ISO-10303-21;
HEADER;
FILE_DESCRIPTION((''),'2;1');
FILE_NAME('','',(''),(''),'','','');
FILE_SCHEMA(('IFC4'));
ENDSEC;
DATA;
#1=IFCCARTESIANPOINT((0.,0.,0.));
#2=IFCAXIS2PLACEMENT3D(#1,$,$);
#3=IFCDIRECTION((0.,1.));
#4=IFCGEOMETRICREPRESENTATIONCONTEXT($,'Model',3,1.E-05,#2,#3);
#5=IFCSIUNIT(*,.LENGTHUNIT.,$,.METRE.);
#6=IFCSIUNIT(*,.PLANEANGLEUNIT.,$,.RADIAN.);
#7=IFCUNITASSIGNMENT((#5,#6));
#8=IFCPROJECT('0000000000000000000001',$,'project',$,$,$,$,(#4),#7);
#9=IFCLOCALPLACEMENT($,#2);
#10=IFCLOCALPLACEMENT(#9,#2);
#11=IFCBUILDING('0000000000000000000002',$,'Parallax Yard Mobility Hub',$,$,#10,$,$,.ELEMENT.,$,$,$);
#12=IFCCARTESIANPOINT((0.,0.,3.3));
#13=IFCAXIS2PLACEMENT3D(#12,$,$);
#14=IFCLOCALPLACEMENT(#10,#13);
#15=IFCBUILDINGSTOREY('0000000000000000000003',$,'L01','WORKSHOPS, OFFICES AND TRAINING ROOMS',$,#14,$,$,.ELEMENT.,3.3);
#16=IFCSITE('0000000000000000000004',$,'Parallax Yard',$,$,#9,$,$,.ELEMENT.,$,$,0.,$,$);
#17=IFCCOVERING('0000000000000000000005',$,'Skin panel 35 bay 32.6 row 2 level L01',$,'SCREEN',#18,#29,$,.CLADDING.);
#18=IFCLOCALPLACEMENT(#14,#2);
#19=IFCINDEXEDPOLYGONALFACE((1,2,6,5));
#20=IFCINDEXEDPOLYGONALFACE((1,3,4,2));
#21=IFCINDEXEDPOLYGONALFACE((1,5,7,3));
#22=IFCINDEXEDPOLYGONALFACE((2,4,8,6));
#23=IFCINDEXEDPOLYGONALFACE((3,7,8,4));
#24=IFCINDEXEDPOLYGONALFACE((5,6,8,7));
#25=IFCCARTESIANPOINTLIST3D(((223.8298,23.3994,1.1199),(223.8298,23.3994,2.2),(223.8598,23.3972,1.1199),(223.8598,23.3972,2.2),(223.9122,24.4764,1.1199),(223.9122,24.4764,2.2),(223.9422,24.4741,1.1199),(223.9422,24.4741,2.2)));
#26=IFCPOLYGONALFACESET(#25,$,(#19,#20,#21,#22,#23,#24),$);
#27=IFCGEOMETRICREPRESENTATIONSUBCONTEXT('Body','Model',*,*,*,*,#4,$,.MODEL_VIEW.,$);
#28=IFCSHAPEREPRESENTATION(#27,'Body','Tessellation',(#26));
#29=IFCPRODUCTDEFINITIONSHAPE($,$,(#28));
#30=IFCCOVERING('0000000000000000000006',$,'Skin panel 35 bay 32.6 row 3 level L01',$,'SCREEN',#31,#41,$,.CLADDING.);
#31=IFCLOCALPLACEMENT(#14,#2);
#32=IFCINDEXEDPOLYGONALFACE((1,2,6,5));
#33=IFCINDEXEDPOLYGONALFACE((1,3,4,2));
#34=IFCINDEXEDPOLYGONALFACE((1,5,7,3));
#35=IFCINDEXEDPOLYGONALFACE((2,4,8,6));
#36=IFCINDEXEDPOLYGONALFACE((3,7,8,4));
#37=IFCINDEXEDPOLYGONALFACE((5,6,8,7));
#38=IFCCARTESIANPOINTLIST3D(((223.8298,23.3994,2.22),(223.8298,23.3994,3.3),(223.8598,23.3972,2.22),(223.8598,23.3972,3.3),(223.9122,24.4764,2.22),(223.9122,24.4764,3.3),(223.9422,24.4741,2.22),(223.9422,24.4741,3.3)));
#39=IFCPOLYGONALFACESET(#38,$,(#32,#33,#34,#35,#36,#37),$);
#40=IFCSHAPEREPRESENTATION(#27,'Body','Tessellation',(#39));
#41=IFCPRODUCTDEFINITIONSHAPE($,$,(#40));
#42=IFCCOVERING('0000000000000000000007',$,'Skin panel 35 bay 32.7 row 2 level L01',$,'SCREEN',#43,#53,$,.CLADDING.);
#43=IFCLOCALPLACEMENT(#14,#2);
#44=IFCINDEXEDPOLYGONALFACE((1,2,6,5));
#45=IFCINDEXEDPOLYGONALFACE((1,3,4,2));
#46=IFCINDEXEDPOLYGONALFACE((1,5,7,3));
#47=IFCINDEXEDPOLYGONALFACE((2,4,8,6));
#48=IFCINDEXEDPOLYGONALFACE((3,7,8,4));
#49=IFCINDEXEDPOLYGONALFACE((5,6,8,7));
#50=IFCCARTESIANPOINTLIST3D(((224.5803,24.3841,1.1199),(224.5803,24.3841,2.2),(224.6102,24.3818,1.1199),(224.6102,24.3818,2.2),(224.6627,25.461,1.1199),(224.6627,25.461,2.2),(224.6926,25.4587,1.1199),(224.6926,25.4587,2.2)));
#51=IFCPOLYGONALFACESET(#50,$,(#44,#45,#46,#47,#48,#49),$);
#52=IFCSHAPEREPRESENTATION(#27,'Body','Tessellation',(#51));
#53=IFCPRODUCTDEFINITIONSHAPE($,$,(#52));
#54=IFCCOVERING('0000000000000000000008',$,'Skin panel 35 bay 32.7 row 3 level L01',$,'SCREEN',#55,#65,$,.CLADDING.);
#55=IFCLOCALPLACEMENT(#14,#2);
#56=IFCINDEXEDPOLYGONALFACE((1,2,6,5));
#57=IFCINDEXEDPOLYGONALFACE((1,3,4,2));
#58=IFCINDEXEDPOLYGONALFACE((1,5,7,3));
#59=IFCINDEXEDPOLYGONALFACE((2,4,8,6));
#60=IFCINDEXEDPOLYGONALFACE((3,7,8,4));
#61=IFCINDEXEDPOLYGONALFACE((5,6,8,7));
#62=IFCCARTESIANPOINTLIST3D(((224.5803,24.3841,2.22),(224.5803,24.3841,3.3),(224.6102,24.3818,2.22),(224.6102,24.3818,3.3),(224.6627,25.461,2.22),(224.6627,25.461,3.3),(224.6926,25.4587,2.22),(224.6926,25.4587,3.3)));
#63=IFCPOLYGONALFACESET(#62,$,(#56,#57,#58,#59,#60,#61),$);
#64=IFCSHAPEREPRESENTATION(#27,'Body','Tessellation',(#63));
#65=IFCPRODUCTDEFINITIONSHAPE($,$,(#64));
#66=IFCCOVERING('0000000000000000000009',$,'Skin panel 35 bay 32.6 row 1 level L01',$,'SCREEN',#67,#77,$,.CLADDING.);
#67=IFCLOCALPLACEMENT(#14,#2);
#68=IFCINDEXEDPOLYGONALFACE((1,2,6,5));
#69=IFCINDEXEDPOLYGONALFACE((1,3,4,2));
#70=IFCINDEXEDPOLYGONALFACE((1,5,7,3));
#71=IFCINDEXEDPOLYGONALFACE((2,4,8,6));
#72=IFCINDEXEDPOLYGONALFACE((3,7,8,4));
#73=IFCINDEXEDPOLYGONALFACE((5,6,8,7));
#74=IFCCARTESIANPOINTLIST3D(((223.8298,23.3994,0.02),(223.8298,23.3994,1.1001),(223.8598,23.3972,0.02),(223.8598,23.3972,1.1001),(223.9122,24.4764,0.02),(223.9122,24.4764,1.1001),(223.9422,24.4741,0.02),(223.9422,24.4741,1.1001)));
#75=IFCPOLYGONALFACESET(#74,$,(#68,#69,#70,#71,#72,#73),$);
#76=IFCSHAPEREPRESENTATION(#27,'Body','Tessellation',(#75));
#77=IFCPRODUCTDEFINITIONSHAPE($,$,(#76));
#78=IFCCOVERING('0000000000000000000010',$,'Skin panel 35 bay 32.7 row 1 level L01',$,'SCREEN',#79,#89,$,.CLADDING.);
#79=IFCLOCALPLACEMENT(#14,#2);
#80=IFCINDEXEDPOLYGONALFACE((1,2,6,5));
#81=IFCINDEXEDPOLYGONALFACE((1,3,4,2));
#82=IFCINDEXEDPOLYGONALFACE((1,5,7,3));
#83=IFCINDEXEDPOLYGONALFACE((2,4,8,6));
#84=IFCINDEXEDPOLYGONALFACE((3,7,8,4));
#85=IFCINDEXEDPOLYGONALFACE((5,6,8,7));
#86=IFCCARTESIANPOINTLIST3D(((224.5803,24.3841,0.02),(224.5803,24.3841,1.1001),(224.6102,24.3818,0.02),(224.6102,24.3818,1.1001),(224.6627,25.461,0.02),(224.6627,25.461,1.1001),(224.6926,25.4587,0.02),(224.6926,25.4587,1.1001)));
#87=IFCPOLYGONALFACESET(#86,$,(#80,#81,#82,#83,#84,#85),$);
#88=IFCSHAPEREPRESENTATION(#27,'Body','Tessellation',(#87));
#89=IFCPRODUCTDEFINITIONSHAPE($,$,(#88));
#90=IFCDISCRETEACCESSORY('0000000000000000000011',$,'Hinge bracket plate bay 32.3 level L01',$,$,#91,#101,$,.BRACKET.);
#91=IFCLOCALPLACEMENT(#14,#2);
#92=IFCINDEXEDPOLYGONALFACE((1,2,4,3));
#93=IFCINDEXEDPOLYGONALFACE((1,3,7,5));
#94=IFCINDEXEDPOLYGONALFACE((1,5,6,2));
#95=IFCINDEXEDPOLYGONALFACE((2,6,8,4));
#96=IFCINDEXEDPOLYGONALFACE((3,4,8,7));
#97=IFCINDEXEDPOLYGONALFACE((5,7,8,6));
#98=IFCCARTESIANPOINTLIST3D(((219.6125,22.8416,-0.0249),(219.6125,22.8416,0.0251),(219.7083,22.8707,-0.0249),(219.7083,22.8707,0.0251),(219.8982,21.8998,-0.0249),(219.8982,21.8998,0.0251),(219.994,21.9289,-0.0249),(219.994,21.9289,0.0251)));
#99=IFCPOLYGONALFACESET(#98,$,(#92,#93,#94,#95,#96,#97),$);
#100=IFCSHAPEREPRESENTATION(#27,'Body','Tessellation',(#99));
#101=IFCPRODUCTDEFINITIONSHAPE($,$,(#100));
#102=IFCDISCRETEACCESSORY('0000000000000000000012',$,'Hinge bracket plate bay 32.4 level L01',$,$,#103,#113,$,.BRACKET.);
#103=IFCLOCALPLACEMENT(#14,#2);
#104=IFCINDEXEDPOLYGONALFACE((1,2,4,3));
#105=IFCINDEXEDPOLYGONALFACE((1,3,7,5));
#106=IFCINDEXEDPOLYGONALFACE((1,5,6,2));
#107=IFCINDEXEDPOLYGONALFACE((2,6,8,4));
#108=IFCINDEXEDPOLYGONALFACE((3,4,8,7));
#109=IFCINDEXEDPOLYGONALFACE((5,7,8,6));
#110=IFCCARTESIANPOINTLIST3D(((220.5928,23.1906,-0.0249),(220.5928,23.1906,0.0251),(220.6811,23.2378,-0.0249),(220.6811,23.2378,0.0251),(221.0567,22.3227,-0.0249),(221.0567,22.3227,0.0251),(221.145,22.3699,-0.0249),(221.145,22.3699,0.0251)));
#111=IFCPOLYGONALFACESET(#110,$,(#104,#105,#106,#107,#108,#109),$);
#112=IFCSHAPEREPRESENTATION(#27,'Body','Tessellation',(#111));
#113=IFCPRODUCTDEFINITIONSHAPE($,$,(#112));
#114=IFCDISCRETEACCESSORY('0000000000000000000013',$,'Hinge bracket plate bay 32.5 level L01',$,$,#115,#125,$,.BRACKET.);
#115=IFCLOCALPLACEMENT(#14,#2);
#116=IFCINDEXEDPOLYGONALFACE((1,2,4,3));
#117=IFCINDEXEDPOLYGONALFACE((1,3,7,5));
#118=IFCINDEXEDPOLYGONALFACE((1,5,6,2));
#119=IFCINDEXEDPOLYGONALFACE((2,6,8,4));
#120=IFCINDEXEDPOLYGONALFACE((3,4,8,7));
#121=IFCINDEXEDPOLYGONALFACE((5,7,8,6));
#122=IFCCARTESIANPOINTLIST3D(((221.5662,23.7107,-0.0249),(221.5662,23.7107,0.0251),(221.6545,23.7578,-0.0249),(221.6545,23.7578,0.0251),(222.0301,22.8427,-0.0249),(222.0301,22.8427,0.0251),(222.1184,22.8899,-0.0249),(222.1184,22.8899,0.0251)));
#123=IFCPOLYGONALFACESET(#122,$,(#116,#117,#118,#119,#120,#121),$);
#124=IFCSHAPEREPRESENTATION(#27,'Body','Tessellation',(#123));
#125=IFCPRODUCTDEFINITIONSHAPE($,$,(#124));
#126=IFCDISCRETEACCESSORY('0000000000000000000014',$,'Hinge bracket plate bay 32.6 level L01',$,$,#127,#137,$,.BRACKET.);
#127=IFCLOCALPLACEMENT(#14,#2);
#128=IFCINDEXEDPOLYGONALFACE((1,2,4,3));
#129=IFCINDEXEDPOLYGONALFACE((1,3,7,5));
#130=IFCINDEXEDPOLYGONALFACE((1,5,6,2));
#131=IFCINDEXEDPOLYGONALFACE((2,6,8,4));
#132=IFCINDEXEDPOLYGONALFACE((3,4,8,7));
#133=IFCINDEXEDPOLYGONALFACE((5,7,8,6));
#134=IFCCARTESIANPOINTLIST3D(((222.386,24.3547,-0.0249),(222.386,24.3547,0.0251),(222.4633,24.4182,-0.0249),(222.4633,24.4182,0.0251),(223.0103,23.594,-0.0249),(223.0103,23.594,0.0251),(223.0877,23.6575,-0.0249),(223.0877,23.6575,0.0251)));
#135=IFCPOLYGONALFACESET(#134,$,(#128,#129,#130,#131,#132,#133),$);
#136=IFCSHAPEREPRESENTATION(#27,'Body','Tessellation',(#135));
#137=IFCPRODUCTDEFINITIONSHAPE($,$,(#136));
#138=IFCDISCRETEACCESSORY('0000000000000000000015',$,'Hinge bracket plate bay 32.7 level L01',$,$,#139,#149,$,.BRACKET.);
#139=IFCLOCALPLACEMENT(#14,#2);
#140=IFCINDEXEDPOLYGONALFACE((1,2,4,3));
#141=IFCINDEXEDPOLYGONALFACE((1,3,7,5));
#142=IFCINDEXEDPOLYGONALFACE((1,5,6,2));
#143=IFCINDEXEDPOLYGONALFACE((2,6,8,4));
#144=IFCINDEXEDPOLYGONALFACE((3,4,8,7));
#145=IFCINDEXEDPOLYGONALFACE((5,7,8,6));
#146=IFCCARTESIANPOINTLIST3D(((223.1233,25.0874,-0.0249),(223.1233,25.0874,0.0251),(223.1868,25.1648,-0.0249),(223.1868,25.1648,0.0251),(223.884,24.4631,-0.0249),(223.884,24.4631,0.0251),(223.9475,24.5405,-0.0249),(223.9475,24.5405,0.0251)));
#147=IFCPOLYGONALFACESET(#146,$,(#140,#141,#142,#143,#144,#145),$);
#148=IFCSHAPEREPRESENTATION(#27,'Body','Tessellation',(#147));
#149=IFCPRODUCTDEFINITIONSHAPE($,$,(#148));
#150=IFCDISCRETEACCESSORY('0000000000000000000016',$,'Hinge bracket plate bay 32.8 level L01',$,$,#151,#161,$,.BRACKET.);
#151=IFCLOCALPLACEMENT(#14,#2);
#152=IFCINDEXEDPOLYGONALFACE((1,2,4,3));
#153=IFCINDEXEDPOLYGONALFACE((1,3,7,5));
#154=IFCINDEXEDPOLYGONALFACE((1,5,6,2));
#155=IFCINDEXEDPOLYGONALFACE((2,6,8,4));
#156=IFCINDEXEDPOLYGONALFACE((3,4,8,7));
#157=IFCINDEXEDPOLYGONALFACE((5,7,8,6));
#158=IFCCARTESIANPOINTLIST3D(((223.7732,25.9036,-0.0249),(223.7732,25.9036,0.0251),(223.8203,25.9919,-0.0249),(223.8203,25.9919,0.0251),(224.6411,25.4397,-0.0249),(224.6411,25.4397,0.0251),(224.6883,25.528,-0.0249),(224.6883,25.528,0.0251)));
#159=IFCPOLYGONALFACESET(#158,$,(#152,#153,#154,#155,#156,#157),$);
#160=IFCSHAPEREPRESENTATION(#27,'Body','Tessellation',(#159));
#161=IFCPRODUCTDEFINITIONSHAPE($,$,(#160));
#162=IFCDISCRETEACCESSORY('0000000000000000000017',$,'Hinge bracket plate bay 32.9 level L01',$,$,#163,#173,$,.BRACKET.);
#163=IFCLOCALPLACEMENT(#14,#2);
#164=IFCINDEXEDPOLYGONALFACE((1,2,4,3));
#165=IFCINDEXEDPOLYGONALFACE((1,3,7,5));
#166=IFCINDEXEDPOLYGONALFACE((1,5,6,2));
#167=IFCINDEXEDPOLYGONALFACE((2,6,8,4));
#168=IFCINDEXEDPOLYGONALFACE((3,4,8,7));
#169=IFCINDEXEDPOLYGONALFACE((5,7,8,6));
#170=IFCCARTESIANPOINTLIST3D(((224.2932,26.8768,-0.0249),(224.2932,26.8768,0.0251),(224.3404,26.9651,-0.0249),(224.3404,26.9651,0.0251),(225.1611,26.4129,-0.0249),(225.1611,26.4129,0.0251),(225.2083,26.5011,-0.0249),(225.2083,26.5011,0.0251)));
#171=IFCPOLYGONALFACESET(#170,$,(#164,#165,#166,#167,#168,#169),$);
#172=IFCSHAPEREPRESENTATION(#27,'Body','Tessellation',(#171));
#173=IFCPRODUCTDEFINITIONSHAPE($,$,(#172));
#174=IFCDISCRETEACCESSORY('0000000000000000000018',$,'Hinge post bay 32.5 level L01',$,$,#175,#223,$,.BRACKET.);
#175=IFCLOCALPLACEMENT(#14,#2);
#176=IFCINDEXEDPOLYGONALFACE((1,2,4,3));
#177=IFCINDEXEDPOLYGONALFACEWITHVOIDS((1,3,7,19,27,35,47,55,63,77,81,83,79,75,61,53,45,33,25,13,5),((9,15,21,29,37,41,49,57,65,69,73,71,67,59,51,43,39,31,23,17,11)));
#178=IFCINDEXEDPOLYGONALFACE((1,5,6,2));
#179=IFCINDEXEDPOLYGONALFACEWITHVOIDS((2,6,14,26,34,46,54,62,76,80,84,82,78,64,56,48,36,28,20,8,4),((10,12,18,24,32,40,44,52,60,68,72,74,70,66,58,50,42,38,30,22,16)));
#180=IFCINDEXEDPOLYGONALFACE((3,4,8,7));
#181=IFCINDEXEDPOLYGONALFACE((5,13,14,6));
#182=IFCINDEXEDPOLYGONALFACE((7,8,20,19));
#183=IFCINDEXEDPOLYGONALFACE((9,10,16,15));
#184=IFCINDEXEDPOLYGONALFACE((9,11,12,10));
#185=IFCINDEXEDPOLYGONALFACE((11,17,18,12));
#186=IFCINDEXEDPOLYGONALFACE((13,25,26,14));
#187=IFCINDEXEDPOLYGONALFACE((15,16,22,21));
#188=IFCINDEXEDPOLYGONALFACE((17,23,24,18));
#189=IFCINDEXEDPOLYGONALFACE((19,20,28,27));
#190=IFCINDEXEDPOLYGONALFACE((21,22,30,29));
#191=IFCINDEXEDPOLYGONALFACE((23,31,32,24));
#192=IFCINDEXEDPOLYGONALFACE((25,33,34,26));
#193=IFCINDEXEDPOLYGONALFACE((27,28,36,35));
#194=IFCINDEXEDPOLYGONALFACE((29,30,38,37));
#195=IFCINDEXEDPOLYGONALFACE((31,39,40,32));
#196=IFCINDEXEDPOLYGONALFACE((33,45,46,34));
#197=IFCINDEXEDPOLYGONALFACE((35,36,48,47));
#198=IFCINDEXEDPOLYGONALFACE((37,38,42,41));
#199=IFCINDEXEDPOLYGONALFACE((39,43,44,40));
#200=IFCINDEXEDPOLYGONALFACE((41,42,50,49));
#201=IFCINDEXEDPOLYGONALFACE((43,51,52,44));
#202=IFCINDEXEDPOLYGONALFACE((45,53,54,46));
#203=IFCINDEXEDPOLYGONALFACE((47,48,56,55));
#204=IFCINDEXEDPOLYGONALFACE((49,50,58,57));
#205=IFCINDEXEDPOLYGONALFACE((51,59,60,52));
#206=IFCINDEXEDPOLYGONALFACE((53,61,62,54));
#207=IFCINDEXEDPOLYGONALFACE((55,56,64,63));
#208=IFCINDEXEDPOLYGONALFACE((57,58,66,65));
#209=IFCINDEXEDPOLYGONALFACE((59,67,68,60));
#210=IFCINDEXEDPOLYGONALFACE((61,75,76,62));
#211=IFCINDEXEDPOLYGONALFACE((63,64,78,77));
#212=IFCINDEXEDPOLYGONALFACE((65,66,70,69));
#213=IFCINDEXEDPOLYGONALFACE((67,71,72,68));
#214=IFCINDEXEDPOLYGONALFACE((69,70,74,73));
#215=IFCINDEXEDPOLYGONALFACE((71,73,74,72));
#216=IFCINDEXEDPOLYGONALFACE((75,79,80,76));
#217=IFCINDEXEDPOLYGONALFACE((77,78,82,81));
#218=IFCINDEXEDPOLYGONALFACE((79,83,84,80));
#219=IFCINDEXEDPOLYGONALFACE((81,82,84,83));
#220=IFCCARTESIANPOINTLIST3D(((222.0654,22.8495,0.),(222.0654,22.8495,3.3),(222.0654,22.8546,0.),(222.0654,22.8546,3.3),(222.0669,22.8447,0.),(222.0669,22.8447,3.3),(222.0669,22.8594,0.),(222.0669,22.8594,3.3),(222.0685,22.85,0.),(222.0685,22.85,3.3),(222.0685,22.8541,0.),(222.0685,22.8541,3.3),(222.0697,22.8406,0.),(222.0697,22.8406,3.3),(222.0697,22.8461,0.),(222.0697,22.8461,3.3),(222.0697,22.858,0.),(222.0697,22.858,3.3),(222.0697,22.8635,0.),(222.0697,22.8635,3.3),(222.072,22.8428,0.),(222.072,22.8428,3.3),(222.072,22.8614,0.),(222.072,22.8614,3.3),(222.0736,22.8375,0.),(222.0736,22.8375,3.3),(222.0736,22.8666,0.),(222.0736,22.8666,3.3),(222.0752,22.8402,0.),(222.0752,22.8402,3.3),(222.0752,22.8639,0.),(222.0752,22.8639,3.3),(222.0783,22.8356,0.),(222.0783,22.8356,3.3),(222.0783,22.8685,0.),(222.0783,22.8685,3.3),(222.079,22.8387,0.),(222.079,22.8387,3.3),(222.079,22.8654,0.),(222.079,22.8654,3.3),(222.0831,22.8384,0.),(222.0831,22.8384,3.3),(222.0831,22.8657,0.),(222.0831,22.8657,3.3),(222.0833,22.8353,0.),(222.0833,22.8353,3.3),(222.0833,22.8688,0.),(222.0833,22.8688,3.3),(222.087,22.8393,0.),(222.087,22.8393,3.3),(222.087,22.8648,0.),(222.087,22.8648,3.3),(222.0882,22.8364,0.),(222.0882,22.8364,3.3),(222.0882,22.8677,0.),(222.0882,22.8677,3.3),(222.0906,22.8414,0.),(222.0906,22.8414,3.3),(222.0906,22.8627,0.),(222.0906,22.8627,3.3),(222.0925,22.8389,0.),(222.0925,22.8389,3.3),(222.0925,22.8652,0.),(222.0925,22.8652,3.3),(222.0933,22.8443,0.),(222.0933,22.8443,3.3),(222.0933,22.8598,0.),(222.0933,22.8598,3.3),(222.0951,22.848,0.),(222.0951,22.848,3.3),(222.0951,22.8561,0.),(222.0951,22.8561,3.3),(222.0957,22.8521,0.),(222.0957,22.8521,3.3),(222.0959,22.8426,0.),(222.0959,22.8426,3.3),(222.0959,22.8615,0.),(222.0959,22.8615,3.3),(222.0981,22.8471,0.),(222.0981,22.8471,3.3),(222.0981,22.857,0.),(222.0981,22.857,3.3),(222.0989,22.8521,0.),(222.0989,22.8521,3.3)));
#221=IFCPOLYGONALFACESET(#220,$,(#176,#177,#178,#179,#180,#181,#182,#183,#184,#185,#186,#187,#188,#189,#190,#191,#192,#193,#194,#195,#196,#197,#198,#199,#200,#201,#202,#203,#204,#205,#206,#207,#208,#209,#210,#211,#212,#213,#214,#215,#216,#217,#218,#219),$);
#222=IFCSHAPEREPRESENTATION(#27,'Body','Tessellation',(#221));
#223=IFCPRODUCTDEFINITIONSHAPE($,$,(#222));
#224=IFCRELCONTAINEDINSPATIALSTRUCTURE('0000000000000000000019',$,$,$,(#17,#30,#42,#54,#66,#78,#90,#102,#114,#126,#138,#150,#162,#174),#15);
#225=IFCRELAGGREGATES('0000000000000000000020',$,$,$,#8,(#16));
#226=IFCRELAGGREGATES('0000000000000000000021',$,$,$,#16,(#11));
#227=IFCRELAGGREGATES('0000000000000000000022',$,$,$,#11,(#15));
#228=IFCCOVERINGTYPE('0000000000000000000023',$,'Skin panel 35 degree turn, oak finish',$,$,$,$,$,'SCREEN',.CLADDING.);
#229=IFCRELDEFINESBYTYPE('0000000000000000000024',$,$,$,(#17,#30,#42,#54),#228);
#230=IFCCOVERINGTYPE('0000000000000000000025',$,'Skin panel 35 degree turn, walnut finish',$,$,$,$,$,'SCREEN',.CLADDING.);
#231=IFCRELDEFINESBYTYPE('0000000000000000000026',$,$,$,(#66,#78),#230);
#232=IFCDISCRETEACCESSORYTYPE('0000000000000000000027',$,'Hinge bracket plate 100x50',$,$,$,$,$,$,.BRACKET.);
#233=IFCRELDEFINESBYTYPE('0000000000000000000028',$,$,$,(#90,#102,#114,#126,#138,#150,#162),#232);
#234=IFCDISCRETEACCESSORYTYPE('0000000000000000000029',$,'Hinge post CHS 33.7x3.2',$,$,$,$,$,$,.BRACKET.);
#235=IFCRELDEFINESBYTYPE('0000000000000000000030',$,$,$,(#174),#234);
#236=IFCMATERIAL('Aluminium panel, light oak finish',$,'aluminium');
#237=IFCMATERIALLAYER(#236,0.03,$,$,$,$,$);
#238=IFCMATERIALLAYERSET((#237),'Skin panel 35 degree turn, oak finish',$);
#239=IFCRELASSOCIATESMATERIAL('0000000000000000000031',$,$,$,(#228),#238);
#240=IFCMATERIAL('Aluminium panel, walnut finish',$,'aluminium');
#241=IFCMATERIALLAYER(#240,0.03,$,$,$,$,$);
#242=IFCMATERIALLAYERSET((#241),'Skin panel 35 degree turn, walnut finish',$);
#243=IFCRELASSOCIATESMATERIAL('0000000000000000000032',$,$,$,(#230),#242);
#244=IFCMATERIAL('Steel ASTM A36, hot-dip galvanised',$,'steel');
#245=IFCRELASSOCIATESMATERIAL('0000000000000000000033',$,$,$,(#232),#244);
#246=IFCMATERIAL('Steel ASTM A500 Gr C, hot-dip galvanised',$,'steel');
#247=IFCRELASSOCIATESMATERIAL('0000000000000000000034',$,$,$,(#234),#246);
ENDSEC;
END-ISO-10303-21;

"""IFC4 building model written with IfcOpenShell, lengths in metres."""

from ifc_helpers import new_model, si_unit, direction, frame, origin, origin_2d, place, context, subcontext, project, spatial, rectangle, hollow_circle, extrude, material, layer, layer_set, material_profile, profile_set, type_object, element, save


model = new_model("IFC4")

# Units and contexts
model_context = context("Model", 3, precision=1e-05, world=origin(), true_north=direction((0.0, 1.0)))
body_context = subcontext(model_context, "Body", "Model", "MODEL_VIEW")
ifc_project = project(units=[si_unit("LENGTHUNIT", "METRE"), si_unit("PLANEANGLEUNIT", "RADIAN")], contexts=[model_context])

# Site, building, storey
site_placement = place(None, origin())
site = spatial("IfcSite", under=ifc_project, at=site_placement, Name="Parallax Yard", CompositionType="ELEMENT", RefElevation=0.0)
building_placement = place(site_placement, origin())
building = spatial("IfcBuilding", under=site, at=building_placement, Name="Parallax Yard Mobility Hub", CompositionType="ELEMENT")
storey_placement = place(building_placement, frame((0.0, 0.0, 3.3)))
storey = spatial("IfcBuildingStorey", under=building, at=storey_placement, Name="L01", Description="WORKSHOPS, OFFICES AND TRAINING ROOMS", CompositionType="ELEMENT", Elevation=3.3)

# Coverings
ifc_material_1 = material(Name="Aluminium panel, light oak finish", Category="aluminium")
ifc_material_2 = material(Name="Aluminium panel, walnut finish", Category="aluminium")
ifc_layer_1 = layer(ifc_material_1, 0.03)
ifc_layer_set_1 = layer_set([ifc_layer_1], Name="Skin panel 35 degree turn, oak finish")
covering_type_1 = type_object("IfcCoveringType", Name="Skin panel 35 degree turn, oak finish", ElementType="SCREEN", PredefinedType="CLADDING", material=ifc_layer_set_1)
for number, where, z_axis, x_axis, name in (
    (1, (223.886, 23.9368, 1.1199), (0.0, 0.0, 1.0), (-0.076284, -0.997086, 0.0), "Skin panel 35 bay 32.6 row 2 level L01"),
    (2, (223.886, 23.9368, 2.22), (0.0, 0.0, 1.0), (-0.076284, -0.997086, 0.0), "Skin panel 35 bay 32.6 row 3 level L01"),
    (3, (224.6365, 24.9214, 1.1199), (0.0, 0.0, 1.0), (-0.076284, -0.997086, 0.0), "Skin panel 35 bay 32.7 row 2 level L01"),
    (4, (224.6365, 24.9214, 2.22), (0.0, 0.0, 1.0), (-0.076284, -0.997086, 0.0), "Skin panel 35 bay 32.7 row 3 level L01"),
):
    element("IfcCovering", number, at=place(storey_placement, frame(where, z_axis=z_axis, x_axis=x_axis)), inside=storey, type_object=covering_type_1, Name=name, ObjectType="SCREEN", PredefinedType="CLADDING", context=body_context, shape_type="SweptSolid", body=[
        extrude(rectangle(XDim=1.0801, YDim=0.03, at=origin_2d()), origin(), (0.0, 0.0, 1.0), 1.0801),
    ])
ifc_layer_2 = layer(ifc_material_2, 0.03)
ifc_layer_set_2 = layer_set([ifc_layer_2], Name="Skin panel 35 degree turn, walnut finish")
covering_type_2 = type_object("IfcCoveringType", Name="Skin panel 35 degree turn, walnut finish", ElementType="SCREEN", PredefinedType="CLADDING", material=ifc_layer_set_2)
for number, where, z_axis, x_axis, name in (
    (5, (223.886, 23.9368, 0.02), (0.0, 0.0, 1.0), (-0.076284, -0.997086, 0.0), "Skin panel 35 bay 32.6 row 1 level L01"),
    (6, (224.6365, 24.9214, 0.02), (0.0, 0.0, 1.0), (-0.076284, -0.997086, 0.0), "Skin panel 35 bay 32.7 row 1 level L01"),
):
    element("IfcCovering", number, at=place(storey_placement, frame(where, z_axis=z_axis, x_axis=x_axis)), inside=storey, type_object=covering_type_2, Name=name, ObjectType="SCREEN", PredefinedType="CLADDING", context=body_context, shape_type="SweptSolid", body=[
        extrude(rectangle(XDim=1.0801, YDim=0.03, at=origin_2d()), origin(), (0.0, 0.0, 1.0), 1.0801),
    ])

# Discrete accessories
ifc_material_3 = material(Name="Steel ASTM A36, hot-dip galvanised", Category="steel")
discrete_accessory_type_1 = type_object("IfcDiscreteAccessoryType", Name="Hinge bracket plate 100x50", PredefinedType="BRACKET", material=ifc_material_3)
for number, where, z_axis, x_axis, name in (
    (7, (219.8032, 22.3853, -0.0249), (0.0, 0.0, 1.0), (0.290285, -0.95694, 0.0), "Hinge bracket plate bay 32.3 level L01"),
    (8, (220.8689, 22.7803, -0.0249), (0.0, 0.0, 1.0), (0.471397, -0.881921, 0.0), "Hinge bracket plate bay 32.4 level L01"),
    (9, (221.8423, 23.3003, -0.0249), (0.0, 0.0, 1.0), (0.471397, -0.881921, 0.0), "Hinge bracket plate bay 32.5 level L01"),
    (10, (222.7368, 24.0061, -0.0249), (0.0, 0.0, 1.0), (0.634393, -0.77301, 0.0), "Hinge bracket plate bay 32.6 level L01"),
    (11, (223.5354, 24.814, -0.0249), (0.0, 0.0, 1.0), (0.77301, -0.634393, 0.0), "Hinge bracket plate bay 32.7 level L01"),
    (12, (224.2307, 25.7158, -0.0249), (0.0, 0.0, 1.0), (0.881921, -0.471397, 0.0), "Hinge bracket plate bay 32.8 level L01"),
    (13, (224.7507, 26.689, -0.0249), (0.0, 0.0, 1.0), (0.881921, -0.471397, 0.0), "Hinge bracket plate bay 32.9 level L01"),
):
    element("IfcDiscreteAccessory", number, at=place(storey_placement, frame(where, z_axis=z_axis, x_axis=x_axis)), inside=storey, type_object=discrete_accessory_type_1, Name=name, PredefinedType="BRACKET", context=body_context, shape_type="SweptSolid", body=[
        extrude(rectangle(XDim=0.9841, YDim=0.1001, at=origin_2d()), origin(), (0.0, 0.0, 1.0), 0.05),
    ])
ifc_material_4 = material(Name="Steel ASTM A500 Gr C, hot-dip galvanised", Category="steel")
ifc_material_profile_1 = material_profile(ifc_material_4, hollow_circle(Radius=0.0168, WallThickness=0.0032, at=origin_2d()), Name="CHS 33.7x3.2")
ifc_profile_set_1 = profile_set([ifc_material_profile_1], Name="Steel ASTM A500 Gr C, hot-dip galvanised")
discrete_accessory_type_2 = type_object("IfcDiscreteAccessoryType", Name="Hinge post CHS 33.7x3.2", PredefinedType="BRACKET", material=ifc_profile_set_1)
for number, where, z_axis, x_axis, name in (
    (14, (222.082, 22.8521, 0.0), (0.0, 0.0, 1.0), (1.0, 0.0, 0.0), "Hinge post bay 32.5 level L01"),
):
    element("IfcDiscreteAccessory", number, at=place(storey_placement, frame(where, z_axis=z_axis, x_axis=x_axis)), inside=storey, type_object=discrete_accessory_type_2, Name=name, PredefinedType="BRACKET", context=body_context, shape_type="SweptSolid", body=[
        extrude(hollow_circle(Radius=0.0168, WallThickness=0.0032, at=origin_2d()), origin(), (0.0, 0.0, 1.0), 3.3),
    ])

save(model, "model.ifc")
